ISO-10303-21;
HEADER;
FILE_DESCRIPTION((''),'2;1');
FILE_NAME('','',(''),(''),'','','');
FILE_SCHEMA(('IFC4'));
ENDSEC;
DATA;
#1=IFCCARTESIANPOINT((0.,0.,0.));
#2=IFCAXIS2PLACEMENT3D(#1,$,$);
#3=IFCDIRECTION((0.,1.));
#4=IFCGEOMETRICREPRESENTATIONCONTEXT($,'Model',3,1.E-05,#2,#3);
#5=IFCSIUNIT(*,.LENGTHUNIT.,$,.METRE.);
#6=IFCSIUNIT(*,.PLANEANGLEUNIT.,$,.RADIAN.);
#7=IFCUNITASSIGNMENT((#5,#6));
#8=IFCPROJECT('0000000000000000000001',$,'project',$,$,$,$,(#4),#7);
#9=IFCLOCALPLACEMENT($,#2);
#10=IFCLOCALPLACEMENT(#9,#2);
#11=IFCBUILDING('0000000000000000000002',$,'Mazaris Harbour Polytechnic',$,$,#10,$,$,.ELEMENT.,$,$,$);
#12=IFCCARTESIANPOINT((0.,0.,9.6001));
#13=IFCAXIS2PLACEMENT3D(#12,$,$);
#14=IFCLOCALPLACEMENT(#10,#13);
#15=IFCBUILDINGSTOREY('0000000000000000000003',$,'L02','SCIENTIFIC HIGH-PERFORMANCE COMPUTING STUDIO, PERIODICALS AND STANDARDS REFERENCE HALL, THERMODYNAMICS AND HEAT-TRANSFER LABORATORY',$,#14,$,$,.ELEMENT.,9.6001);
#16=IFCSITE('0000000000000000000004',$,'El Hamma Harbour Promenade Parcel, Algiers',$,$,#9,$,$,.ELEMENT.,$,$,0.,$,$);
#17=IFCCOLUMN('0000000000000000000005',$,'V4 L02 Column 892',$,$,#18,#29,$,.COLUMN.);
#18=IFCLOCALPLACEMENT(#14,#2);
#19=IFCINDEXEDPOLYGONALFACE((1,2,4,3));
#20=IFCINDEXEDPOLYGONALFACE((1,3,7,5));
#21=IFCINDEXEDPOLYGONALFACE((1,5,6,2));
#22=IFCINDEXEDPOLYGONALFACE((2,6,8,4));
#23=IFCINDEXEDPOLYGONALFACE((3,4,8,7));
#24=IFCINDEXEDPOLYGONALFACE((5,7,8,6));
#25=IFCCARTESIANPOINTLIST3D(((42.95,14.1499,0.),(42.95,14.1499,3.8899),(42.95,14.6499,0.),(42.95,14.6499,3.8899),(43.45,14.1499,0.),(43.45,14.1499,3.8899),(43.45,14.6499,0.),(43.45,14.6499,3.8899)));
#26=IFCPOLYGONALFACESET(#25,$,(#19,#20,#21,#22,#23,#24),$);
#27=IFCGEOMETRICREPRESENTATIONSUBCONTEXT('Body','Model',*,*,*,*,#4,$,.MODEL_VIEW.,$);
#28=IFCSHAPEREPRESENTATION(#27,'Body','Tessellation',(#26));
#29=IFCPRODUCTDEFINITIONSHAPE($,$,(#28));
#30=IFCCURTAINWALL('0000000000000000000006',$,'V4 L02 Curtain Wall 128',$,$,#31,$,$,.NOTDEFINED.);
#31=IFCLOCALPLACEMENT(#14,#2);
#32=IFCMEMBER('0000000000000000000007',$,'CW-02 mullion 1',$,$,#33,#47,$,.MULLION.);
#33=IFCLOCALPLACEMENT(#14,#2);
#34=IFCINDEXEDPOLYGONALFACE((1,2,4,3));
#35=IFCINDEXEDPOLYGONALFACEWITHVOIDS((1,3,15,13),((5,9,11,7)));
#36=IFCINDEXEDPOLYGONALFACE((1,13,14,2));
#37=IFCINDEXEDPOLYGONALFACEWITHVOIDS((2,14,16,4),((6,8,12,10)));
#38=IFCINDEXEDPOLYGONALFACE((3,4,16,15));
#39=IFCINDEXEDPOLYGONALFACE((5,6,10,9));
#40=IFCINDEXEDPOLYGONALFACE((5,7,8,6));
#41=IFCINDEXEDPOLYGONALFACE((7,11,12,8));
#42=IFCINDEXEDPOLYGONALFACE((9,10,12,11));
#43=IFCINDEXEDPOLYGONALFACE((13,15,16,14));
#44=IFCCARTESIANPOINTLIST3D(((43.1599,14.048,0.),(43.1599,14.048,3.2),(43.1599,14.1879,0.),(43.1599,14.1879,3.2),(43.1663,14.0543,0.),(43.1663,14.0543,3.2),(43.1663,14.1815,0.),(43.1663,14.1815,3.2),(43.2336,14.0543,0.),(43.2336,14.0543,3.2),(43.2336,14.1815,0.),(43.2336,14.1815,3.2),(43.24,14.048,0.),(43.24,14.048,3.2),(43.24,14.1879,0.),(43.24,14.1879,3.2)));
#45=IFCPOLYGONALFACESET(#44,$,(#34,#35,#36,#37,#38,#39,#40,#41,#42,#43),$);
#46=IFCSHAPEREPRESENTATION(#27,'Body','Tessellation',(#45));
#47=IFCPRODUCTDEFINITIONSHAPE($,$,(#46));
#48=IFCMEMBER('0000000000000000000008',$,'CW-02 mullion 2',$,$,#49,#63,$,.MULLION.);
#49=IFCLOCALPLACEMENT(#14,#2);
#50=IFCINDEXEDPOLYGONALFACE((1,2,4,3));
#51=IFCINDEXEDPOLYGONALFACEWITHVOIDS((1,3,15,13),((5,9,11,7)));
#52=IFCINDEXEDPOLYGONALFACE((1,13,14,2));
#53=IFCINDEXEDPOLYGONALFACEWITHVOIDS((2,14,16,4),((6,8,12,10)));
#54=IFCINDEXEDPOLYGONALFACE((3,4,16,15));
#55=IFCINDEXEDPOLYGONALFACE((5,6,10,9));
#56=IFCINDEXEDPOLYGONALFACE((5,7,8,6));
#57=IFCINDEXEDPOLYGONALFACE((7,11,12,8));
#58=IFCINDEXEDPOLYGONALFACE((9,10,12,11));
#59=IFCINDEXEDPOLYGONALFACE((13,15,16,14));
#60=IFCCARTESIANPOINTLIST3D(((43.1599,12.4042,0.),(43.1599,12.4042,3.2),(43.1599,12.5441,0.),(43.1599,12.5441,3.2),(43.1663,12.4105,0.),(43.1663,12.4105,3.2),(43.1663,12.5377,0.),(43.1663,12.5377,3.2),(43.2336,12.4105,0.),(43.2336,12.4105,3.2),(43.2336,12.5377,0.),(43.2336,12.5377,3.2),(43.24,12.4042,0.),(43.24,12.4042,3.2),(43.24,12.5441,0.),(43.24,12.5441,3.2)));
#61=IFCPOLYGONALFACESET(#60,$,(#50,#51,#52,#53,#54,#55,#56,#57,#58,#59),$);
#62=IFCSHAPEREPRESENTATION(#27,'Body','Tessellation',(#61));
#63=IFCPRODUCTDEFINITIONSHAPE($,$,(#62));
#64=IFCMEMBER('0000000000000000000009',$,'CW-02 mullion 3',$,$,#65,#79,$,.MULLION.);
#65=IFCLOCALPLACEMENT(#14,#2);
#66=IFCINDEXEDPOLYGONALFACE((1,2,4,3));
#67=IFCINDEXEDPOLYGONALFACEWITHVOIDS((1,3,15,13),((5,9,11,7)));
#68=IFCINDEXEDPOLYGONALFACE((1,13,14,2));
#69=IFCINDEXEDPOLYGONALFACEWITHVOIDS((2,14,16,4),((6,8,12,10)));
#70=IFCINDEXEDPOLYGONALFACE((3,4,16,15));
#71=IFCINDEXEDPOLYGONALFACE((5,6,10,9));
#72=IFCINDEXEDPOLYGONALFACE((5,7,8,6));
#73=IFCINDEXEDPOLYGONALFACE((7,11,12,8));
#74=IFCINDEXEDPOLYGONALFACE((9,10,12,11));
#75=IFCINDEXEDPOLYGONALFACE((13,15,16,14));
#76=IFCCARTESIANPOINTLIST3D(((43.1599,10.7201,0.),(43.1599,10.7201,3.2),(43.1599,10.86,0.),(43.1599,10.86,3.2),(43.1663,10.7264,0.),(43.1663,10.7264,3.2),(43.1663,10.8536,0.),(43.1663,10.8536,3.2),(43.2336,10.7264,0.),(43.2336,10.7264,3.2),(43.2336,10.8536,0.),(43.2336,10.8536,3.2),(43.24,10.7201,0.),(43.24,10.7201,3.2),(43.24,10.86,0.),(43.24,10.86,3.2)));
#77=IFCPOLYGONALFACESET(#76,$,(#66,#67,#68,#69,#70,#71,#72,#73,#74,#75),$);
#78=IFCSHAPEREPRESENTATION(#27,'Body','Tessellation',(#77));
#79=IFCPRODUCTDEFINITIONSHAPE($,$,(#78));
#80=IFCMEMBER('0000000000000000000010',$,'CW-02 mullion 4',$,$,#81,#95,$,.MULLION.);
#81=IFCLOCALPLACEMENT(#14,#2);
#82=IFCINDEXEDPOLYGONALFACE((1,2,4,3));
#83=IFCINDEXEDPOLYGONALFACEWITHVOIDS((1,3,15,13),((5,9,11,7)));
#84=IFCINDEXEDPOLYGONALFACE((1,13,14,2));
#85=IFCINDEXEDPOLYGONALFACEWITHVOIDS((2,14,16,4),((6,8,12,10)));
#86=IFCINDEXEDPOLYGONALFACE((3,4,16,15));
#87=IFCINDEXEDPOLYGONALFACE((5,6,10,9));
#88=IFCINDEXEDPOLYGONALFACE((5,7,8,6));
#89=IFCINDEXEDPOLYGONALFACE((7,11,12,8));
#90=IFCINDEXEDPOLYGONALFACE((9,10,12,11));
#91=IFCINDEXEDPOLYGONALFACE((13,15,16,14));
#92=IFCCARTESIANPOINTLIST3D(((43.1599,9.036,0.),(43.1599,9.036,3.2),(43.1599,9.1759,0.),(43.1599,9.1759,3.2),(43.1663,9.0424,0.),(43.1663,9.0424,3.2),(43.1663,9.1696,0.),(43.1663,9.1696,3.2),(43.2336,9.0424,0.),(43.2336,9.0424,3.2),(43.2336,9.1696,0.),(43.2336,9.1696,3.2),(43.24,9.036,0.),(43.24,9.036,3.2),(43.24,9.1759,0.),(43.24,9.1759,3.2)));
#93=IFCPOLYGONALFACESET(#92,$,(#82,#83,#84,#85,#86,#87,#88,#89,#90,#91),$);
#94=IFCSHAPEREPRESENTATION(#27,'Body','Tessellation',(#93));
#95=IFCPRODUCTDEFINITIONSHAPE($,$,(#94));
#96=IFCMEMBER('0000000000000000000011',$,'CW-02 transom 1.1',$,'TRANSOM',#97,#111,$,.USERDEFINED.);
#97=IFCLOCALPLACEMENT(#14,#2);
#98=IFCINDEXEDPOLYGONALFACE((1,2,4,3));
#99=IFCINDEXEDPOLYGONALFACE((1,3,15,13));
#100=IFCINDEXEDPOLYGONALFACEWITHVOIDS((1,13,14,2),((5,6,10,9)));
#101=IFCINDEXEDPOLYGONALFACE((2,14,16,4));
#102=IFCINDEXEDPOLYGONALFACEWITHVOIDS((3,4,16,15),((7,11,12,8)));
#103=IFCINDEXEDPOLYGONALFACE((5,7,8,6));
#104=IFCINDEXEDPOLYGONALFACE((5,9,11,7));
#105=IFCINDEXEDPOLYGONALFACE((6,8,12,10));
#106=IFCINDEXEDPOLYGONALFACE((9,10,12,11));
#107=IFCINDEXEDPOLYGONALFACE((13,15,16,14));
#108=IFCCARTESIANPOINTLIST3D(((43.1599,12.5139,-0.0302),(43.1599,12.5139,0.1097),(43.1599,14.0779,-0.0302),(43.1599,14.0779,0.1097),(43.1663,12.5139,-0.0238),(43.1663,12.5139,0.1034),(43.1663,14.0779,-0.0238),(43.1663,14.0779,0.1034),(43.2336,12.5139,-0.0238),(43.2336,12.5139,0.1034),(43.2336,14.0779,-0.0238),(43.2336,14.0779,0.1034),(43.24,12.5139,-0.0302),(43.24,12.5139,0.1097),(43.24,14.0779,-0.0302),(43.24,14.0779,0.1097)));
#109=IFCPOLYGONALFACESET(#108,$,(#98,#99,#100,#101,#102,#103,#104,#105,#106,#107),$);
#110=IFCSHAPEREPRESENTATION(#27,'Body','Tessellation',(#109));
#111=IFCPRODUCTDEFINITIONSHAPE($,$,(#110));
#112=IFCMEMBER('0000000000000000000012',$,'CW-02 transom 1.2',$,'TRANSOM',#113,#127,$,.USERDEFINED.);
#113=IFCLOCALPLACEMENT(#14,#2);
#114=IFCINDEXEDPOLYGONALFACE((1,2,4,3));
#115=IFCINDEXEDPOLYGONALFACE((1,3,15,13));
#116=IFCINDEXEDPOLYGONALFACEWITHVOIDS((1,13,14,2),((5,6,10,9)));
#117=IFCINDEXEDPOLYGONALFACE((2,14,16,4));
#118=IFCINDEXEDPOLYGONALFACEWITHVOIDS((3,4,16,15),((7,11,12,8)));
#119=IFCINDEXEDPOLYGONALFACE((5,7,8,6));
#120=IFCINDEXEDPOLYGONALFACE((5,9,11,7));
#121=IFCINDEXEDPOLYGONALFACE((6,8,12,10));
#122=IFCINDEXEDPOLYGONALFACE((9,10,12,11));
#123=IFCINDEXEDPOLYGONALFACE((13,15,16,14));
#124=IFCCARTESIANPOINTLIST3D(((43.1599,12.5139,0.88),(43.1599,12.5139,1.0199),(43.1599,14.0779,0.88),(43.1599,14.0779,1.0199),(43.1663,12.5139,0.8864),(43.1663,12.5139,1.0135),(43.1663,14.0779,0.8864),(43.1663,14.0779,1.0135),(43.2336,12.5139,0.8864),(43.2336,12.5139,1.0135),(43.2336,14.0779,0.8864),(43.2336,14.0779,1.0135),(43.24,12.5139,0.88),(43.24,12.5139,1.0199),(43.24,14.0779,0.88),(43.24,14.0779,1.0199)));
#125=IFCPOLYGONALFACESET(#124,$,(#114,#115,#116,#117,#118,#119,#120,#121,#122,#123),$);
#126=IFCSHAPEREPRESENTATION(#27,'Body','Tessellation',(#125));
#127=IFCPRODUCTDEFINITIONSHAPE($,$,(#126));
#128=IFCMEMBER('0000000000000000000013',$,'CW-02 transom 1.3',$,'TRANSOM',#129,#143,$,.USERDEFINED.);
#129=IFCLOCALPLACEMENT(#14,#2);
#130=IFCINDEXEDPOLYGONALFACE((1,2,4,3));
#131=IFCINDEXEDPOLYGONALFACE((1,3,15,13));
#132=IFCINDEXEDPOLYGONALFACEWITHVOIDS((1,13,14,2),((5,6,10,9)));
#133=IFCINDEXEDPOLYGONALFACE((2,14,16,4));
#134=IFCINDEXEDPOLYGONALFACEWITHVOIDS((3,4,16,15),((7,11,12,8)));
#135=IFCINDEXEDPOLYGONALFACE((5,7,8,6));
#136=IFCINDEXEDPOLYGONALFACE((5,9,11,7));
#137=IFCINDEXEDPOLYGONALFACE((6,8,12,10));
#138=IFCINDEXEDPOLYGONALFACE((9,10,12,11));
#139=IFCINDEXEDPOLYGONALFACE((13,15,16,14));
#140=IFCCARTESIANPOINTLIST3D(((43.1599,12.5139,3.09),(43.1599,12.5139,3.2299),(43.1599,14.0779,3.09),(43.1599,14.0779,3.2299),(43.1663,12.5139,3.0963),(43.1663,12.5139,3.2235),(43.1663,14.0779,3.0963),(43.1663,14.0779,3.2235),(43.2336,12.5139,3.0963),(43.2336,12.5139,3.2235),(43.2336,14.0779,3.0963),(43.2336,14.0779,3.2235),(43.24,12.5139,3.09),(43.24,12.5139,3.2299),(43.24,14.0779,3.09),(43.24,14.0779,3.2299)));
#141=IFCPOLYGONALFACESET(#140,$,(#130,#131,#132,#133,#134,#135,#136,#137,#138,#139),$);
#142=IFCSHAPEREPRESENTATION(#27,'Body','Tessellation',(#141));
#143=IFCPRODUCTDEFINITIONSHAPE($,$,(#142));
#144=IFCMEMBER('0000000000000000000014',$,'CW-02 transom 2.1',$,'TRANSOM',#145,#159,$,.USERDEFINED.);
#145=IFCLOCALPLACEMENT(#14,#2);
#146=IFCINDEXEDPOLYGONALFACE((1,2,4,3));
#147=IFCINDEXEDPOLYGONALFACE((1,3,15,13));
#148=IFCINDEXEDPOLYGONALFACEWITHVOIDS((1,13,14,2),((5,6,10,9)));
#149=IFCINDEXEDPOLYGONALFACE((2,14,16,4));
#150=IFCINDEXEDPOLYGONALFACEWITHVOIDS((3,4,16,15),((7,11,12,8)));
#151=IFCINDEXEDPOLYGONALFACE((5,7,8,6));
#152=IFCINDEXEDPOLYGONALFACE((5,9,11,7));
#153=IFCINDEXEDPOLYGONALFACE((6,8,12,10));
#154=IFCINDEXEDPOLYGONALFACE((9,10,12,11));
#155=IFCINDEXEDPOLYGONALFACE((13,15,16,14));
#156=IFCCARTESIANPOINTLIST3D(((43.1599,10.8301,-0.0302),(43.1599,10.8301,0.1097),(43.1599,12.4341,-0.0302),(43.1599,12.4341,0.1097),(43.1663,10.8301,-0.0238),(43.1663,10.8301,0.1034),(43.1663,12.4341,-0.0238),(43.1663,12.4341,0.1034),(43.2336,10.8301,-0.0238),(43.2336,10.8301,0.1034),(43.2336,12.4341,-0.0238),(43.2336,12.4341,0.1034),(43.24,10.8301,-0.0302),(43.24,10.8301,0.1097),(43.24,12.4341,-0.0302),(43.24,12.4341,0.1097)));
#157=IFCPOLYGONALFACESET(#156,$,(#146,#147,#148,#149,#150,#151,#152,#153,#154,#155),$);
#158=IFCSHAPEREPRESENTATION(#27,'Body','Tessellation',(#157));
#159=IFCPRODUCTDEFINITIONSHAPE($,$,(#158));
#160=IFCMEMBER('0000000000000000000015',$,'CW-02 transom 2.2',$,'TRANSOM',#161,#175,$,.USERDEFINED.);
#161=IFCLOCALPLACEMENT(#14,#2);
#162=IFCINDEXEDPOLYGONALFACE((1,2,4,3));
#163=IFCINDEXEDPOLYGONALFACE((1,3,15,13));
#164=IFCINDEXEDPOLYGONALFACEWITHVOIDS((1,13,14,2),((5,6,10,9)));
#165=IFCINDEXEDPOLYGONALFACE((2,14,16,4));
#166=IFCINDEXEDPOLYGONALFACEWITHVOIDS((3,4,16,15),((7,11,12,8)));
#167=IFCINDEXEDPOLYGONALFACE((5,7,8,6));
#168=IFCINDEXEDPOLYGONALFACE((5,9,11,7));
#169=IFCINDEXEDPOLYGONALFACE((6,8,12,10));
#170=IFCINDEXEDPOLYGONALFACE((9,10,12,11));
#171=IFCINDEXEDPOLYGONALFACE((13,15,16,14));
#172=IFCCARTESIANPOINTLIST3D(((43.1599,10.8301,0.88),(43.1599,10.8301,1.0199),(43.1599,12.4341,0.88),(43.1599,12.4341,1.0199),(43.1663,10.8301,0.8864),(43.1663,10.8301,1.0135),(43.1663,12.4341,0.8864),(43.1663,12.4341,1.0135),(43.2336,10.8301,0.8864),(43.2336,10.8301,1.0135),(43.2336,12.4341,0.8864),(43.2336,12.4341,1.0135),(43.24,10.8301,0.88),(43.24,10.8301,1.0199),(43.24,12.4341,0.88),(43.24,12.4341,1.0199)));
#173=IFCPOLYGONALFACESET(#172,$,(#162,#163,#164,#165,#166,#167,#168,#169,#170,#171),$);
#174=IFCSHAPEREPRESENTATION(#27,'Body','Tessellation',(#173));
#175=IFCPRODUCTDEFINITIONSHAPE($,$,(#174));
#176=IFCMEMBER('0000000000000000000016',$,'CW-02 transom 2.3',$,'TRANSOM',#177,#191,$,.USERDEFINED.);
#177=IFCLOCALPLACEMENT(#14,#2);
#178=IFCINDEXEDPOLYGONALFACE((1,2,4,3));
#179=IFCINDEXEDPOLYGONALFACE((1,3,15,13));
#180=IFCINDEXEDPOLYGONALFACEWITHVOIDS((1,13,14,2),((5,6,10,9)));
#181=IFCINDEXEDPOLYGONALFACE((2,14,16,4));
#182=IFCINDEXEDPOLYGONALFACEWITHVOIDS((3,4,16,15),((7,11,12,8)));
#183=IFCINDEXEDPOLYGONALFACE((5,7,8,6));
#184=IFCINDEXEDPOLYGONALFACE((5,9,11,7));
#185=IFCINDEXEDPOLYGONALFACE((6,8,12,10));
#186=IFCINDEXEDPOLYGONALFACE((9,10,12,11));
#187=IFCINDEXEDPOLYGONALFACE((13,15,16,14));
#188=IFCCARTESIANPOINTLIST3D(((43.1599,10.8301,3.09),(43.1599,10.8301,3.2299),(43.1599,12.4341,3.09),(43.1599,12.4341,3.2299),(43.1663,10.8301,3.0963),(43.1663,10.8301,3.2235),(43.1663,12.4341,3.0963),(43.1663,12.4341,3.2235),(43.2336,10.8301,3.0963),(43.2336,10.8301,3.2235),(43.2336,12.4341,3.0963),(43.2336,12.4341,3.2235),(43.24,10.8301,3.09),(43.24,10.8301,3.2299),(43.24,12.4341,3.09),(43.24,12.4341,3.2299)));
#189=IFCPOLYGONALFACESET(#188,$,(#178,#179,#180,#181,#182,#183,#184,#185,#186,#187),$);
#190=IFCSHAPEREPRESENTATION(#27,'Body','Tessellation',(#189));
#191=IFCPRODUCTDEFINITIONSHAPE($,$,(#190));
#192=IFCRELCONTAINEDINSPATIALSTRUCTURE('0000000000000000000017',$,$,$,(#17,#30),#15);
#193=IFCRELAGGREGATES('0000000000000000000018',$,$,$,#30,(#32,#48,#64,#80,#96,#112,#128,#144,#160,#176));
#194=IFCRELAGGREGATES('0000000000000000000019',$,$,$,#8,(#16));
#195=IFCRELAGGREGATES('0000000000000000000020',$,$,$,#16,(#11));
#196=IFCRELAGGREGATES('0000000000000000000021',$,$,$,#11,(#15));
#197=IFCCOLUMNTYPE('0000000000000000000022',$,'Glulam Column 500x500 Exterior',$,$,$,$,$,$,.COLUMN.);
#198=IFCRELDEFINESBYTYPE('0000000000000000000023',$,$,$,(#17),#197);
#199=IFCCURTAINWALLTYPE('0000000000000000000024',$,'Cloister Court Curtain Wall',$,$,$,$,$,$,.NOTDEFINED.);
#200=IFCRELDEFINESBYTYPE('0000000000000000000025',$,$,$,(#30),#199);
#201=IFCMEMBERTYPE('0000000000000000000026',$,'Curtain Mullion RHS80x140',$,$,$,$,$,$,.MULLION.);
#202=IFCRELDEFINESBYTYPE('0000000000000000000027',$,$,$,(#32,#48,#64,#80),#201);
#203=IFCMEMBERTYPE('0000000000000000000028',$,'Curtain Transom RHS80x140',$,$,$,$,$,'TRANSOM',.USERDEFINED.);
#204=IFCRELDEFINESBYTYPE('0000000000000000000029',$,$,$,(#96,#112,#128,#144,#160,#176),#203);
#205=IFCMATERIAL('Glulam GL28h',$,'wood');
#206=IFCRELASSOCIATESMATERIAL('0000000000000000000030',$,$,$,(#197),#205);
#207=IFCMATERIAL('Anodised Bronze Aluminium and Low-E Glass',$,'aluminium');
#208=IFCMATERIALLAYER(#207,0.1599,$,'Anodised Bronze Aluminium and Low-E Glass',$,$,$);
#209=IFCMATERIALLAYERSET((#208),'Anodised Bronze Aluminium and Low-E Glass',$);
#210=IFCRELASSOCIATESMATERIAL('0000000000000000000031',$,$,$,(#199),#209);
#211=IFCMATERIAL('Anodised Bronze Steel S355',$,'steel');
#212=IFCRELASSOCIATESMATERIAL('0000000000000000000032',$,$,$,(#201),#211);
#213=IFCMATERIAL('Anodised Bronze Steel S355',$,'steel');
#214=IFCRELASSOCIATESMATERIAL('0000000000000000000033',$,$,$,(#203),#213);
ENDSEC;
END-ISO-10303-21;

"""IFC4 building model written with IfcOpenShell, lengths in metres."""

from ifc_helpers import new_model, si_unit, direction, frame, origin, origin_2d, place, context, subcontext, project, spatial, rectangle, hollow_rectangle, extrude, material, layer, layer_set, material_profile, profile_set, type_object, element, aggregate, save


model = new_model("IFC4")

# Units and contexts
model_context = context("Model", 3, precision=1e-05, world=origin(), true_north=direction((0.0, 1.0)))
body_context = subcontext(model_context, "Body", "Model", "MODEL_VIEW")
ifc_project = project(units=[si_unit("LENGTHUNIT", "METRE"), si_unit("PLANEANGLEUNIT", "RADIAN")], contexts=[model_context])

# Site, building, storey
site_placement = place(None, origin())
site = spatial("IfcSite", under=ifc_project, at=site_placement, Name="El Hamma Harbour Promenade Parcel, Algiers", CompositionType="ELEMENT", RefElevation=0.0)
building_placement = place(site_placement, origin())
building = spatial("IfcBuilding", under=site, at=building_placement, Name="Mazaris Harbour Polytechnic", CompositionType="ELEMENT")
storey_placement = place(building_placement, frame((0.0, 0.0, 9.6001)))
storey = spatial("IfcBuildingStorey", under=building, at=storey_placement, Name="L02", Description="SCIENTIFIC HIGH-PERFORMANCE COMPUTING STUDIO, PERIODICALS AND STANDARDS REFERENCE HALL, THERMODYNAMICS AND HEAT-TRANSFER LABORATORY", CompositionType="ELEMENT", Elevation=9.6001)

# Column
ifc_material_1 = material(Name="Glulam GL28h", Category="wood")
ifc_material_profile_1 = material_profile(ifc_material_1, rectangle(XDim=0.5, YDim=0.5, at=origin_2d()), Name="RECT500x500")
ifc_profile_set_1 = profile_set([ifc_material_profile_1], Name="Glulam GL28h")
column_type = type_object("IfcColumnType", Name="Glulam Column 500x500 Exterior", PredefinedType="COLUMN", material=ifc_profile_set_1)
column_placement = place(storey_placement, frame((43.2, 14.3999, 0.0), z_axis=(0.0, 0.0, 1.0), x_axis=(1.0, 0.0, 0.0)))
element("IfcColumn", 1, at=column_placement, inside=storey, type_object=column_type, Name="V4 L02 Column 892", PredefinedType="COLUMN", context=body_context, shape_type="SweptSolid", body=[
    extrude(rectangle(XDim=0.5, YDim=0.5, at=origin_2d()), origin(), (0.0, 0.0, 1.0), 3.8899),
])

# Curtain wall, members
ifc_material_2 = material(Name="Anodised Bronze Aluminium and Low-E Glass", Category="aluminium")
ifc_layer_1 = layer(ifc_material_2, 0.1599, Name="Anodised Bronze Aluminium and Low-E Glass")
ifc_layer_set_1 = layer_set([ifc_layer_1], Name="Anodised Bronze Aluminium and Low-E Glass")
curtain_wall_type = type_object("IfcCurtainWallType", Name="Cloister Court Curtain Wall", PredefinedType="NOTDEFINED", material=ifc_layer_set_1)
curtain_wall_placement = place(storey_placement, origin())
curtain_wall = element("IfcCurtainWall", 2, at=curtain_wall_placement, inside=storey, type_object=curtain_wall_type, Name="V4 L02 Curtain Wall 128", PredefinedType="NOTDEFINED")
ifc_material_3 = material(Name="Anodised Bronze Steel S355", Category="steel")
ifc_material_profile_2 = material_profile(ifc_material_3, hollow_rectangle(XDim=0.0801, YDim=0.1399, WallThickness=0.0063, at=origin_2d()), Name="RHS 80x140x6.3")
ifc_profile_set_2 = profile_set([ifc_material_profile_2], Name="Anodised Bronze Steel S355")
member_type_1 = type_object("IfcMemberType", Name="Curtain Mullion RHS80x140", PredefinedType="MULLION", material=ifc_profile_set_2)
member_1_placement = place(storey_placement, frame((43.2, 14.1179, 0.0), z_axis=(0.0, 0.0, 1.0), x_axis=(1.0, 0.0, 0.0)))
member_1 = element("IfcMember", 3, at=member_1_placement, type_object=member_type_1, Name="CW-02 mullion 1", PredefinedType="MULLION", context=body_context, shape_type="SweptSolid", body=[
    extrude(hollow_rectangle(XDim=0.0801, YDim=0.1399, WallThickness=0.0063, at=origin_2d()), origin(), (0.0, 0.0, 1.0), 3.2),
])
member_2_placement = place(storey_placement, frame((43.2, 12.4741, 0.0), z_axis=(0.0, 0.0, 1.0), x_axis=(1.0, 0.0, 0.0)))
member_2 = element("IfcMember", 4, at=member_2_placement, type_object=member_type_1, Name="CW-02 mullion 2", PredefinedType="MULLION", context=body_context, shape_type="SweptSolid", body=[
    extrude(hollow_rectangle(XDim=0.0801, YDim=0.1399, WallThickness=0.0063, at=origin_2d()), origin(), (0.0, 0.0, 1.0), 3.2),
])
member_3_placement = place(storey_placement, frame((43.2, 10.79, 0.0), z_axis=(0.0, 0.0, 1.0), x_axis=(1.0, 0.0, 0.0)))
member_3 = element("IfcMember", 5, at=member_3_placement, type_object=member_type_1, Name="CW-02 mullion 3", PredefinedType="MULLION", context=body_context, shape_type="SweptSolid", body=[
    extrude(hollow_rectangle(XDim=0.0801, YDim=0.1399, WallThickness=0.0063, at=origin_2d()), origin(), (0.0, 0.0, 1.0), 3.2),
])
member_4_placement = place(storey_placement, frame((43.2, 9.106, 0.0), z_axis=(0.0, 0.0, 1.0), x_axis=(1.0, 0.0, 0.0)))
member_4 = element("IfcMember", 6, at=member_4_placement, type_object=member_type_1, Name="CW-02 mullion 4", PredefinedType="MULLION", context=body_context, shape_type="SweptSolid", body=[
    extrude(hollow_rectangle(XDim=0.0801, YDim=0.1399, WallThickness=0.0063, at=origin_2d()), origin(), (0.0, 0.0, 1.0), 3.2),
])
ifc_material_4 = material(Name="Anodised Bronze Steel S355", Category="steel")
ifc_material_profile_3 = material_profile(ifc_material_4, hollow_rectangle(XDim=0.0801, YDim=0.1399, WallThickness=0.0063, at=origin_2d()), Name="RHS 80x140x6.3")
ifc_profile_set_3 = profile_set([ifc_material_profile_3], Name="Anodised Bronze Steel S355")
member_type_2 = type_object("IfcMemberType", Name="Curtain Transom RHS80x140", ElementType="TRANSOM", PredefinedType="USERDEFINED", material=ifc_profile_set_3)
member_5_placement = place(storey_placement, frame((43.2, 14.0779, 0.0398), z_axis=(0.0, -1.0, 0.0), x_axis=(1.0, 0.0, 0.0)))
member_5 = element("IfcMember", 7, at=member_5_placement, type_object=member_type_2, Name="CW-02 transom 1.1", ObjectType="TRANSOM", PredefinedType="USERDEFINED", context=body_context, shape_type="SweptSolid", body=[
    extrude(hollow_rectangle(XDim=0.0801, YDim=0.1399, WallThickness=0.0063, at=origin_2d()), origin(), (0.0, 0.0, 1.0), 1.564),
])
member_6_placement = place(storey_placement, frame((43.2, 14.0779, 0.95), z_axis=(0.0, -1.0, 0.0), x_axis=(1.0, 0.0, 0.0)))
member_6 = element("IfcMember", 8, at=member_6_placement, type_object=member_type_2, Name="CW-02 transom 1.2", ObjectType="TRANSOM", PredefinedType="USERDEFINED", context=body_context, shape_type="SweptSolid", body=[
    extrude(hollow_rectangle(XDim=0.0801, YDim=0.1399, WallThickness=0.0063, at=origin_2d()), origin(), (0.0, 0.0, 1.0), 1.564),
])
member_7_placement = place(storey_placement, frame((43.2, 14.0779, 3.1599), z_axis=(0.0, -1.0, 0.0), x_axis=(1.0, 0.0, 0.0)))
member_7 = element("IfcMember", 9, at=member_7_placement, type_object=member_type_2, Name="CW-02 transom 1.3", ObjectType="TRANSOM", PredefinedType="USERDEFINED", context=body_context, shape_type="SweptSolid", body=[
    extrude(hollow_rectangle(XDim=0.0801, YDim=0.1399, WallThickness=0.0063, at=origin_2d()), origin(), (0.0, 0.0, 1.0), 1.564),
])
member_8_placement = place(storey_placement, frame((43.2, 12.4341, 0.0398), z_axis=(0.0, -1.0, 0.0), x_axis=(1.0, 0.0, 0.0)))
member_8 = element("IfcMember", 10, at=member_8_placement, type_object=member_type_2, Name="CW-02 transom 2.1", ObjectType="TRANSOM", PredefinedType="USERDEFINED", context=body_context, shape_type="SweptSolid", body=[
    extrude(hollow_rectangle(XDim=0.0801, YDim=0.1399, WallThickness=0.0063, at=origin_2d()), origin(), (0.0, 0.0, 1.0), 1.604),
])
member_9_placement = place(storey_placement, frame((43.2, 12.4341, 0.95), z_axis=(0.0, -1.0, 0.0), x_axis=(1.0, 0.0, 0.0)))
member_9 = element("IfcMember", 11, at=member_9_placement, type_object=member_type_2, Name="CW-02 transom 2.2", ObjectType="TRANSOM", PredefinedType="USERDEFINED", context=body_context, shape_type="SweptSolid", body=[
    extrude(hollow_rectangle(XDim=0.0801, YDim=0.1399, WallThickness=0.0063, at=origin_2d()), origin(), (0.0, 0.0, 1.0), 1.604),
])
member_10_placement = place(storey_placement, frame((43.2, 12.4341, 3.1599), z_axis=(0.0, -1.0, 0.0), x_axis=(1.0, 0.0, 0.0)))
member_10 = element("IfcMember", 12, at=member_10_placement, type_object=member_type_2, Name="CW-02 transom 2.3", ObjectType="TRANSOM", PredefinedType="USERDEFINED", context=body_context, shape_type="SweptSolid", body=[
    extrude(hollow_rectangle(XDim=0.0801, YDim=0.1399, WallThickness=0.0063, at=origin_2d()), origin(), (0.0, 0.0, 1.0), 1.604),
])

aggregate(curtain_wall, [member_1, member_2, member_3, member_4, member_5, member_6, member_7, member_8, member_9, member_10])

save(model, "model.ifc")
